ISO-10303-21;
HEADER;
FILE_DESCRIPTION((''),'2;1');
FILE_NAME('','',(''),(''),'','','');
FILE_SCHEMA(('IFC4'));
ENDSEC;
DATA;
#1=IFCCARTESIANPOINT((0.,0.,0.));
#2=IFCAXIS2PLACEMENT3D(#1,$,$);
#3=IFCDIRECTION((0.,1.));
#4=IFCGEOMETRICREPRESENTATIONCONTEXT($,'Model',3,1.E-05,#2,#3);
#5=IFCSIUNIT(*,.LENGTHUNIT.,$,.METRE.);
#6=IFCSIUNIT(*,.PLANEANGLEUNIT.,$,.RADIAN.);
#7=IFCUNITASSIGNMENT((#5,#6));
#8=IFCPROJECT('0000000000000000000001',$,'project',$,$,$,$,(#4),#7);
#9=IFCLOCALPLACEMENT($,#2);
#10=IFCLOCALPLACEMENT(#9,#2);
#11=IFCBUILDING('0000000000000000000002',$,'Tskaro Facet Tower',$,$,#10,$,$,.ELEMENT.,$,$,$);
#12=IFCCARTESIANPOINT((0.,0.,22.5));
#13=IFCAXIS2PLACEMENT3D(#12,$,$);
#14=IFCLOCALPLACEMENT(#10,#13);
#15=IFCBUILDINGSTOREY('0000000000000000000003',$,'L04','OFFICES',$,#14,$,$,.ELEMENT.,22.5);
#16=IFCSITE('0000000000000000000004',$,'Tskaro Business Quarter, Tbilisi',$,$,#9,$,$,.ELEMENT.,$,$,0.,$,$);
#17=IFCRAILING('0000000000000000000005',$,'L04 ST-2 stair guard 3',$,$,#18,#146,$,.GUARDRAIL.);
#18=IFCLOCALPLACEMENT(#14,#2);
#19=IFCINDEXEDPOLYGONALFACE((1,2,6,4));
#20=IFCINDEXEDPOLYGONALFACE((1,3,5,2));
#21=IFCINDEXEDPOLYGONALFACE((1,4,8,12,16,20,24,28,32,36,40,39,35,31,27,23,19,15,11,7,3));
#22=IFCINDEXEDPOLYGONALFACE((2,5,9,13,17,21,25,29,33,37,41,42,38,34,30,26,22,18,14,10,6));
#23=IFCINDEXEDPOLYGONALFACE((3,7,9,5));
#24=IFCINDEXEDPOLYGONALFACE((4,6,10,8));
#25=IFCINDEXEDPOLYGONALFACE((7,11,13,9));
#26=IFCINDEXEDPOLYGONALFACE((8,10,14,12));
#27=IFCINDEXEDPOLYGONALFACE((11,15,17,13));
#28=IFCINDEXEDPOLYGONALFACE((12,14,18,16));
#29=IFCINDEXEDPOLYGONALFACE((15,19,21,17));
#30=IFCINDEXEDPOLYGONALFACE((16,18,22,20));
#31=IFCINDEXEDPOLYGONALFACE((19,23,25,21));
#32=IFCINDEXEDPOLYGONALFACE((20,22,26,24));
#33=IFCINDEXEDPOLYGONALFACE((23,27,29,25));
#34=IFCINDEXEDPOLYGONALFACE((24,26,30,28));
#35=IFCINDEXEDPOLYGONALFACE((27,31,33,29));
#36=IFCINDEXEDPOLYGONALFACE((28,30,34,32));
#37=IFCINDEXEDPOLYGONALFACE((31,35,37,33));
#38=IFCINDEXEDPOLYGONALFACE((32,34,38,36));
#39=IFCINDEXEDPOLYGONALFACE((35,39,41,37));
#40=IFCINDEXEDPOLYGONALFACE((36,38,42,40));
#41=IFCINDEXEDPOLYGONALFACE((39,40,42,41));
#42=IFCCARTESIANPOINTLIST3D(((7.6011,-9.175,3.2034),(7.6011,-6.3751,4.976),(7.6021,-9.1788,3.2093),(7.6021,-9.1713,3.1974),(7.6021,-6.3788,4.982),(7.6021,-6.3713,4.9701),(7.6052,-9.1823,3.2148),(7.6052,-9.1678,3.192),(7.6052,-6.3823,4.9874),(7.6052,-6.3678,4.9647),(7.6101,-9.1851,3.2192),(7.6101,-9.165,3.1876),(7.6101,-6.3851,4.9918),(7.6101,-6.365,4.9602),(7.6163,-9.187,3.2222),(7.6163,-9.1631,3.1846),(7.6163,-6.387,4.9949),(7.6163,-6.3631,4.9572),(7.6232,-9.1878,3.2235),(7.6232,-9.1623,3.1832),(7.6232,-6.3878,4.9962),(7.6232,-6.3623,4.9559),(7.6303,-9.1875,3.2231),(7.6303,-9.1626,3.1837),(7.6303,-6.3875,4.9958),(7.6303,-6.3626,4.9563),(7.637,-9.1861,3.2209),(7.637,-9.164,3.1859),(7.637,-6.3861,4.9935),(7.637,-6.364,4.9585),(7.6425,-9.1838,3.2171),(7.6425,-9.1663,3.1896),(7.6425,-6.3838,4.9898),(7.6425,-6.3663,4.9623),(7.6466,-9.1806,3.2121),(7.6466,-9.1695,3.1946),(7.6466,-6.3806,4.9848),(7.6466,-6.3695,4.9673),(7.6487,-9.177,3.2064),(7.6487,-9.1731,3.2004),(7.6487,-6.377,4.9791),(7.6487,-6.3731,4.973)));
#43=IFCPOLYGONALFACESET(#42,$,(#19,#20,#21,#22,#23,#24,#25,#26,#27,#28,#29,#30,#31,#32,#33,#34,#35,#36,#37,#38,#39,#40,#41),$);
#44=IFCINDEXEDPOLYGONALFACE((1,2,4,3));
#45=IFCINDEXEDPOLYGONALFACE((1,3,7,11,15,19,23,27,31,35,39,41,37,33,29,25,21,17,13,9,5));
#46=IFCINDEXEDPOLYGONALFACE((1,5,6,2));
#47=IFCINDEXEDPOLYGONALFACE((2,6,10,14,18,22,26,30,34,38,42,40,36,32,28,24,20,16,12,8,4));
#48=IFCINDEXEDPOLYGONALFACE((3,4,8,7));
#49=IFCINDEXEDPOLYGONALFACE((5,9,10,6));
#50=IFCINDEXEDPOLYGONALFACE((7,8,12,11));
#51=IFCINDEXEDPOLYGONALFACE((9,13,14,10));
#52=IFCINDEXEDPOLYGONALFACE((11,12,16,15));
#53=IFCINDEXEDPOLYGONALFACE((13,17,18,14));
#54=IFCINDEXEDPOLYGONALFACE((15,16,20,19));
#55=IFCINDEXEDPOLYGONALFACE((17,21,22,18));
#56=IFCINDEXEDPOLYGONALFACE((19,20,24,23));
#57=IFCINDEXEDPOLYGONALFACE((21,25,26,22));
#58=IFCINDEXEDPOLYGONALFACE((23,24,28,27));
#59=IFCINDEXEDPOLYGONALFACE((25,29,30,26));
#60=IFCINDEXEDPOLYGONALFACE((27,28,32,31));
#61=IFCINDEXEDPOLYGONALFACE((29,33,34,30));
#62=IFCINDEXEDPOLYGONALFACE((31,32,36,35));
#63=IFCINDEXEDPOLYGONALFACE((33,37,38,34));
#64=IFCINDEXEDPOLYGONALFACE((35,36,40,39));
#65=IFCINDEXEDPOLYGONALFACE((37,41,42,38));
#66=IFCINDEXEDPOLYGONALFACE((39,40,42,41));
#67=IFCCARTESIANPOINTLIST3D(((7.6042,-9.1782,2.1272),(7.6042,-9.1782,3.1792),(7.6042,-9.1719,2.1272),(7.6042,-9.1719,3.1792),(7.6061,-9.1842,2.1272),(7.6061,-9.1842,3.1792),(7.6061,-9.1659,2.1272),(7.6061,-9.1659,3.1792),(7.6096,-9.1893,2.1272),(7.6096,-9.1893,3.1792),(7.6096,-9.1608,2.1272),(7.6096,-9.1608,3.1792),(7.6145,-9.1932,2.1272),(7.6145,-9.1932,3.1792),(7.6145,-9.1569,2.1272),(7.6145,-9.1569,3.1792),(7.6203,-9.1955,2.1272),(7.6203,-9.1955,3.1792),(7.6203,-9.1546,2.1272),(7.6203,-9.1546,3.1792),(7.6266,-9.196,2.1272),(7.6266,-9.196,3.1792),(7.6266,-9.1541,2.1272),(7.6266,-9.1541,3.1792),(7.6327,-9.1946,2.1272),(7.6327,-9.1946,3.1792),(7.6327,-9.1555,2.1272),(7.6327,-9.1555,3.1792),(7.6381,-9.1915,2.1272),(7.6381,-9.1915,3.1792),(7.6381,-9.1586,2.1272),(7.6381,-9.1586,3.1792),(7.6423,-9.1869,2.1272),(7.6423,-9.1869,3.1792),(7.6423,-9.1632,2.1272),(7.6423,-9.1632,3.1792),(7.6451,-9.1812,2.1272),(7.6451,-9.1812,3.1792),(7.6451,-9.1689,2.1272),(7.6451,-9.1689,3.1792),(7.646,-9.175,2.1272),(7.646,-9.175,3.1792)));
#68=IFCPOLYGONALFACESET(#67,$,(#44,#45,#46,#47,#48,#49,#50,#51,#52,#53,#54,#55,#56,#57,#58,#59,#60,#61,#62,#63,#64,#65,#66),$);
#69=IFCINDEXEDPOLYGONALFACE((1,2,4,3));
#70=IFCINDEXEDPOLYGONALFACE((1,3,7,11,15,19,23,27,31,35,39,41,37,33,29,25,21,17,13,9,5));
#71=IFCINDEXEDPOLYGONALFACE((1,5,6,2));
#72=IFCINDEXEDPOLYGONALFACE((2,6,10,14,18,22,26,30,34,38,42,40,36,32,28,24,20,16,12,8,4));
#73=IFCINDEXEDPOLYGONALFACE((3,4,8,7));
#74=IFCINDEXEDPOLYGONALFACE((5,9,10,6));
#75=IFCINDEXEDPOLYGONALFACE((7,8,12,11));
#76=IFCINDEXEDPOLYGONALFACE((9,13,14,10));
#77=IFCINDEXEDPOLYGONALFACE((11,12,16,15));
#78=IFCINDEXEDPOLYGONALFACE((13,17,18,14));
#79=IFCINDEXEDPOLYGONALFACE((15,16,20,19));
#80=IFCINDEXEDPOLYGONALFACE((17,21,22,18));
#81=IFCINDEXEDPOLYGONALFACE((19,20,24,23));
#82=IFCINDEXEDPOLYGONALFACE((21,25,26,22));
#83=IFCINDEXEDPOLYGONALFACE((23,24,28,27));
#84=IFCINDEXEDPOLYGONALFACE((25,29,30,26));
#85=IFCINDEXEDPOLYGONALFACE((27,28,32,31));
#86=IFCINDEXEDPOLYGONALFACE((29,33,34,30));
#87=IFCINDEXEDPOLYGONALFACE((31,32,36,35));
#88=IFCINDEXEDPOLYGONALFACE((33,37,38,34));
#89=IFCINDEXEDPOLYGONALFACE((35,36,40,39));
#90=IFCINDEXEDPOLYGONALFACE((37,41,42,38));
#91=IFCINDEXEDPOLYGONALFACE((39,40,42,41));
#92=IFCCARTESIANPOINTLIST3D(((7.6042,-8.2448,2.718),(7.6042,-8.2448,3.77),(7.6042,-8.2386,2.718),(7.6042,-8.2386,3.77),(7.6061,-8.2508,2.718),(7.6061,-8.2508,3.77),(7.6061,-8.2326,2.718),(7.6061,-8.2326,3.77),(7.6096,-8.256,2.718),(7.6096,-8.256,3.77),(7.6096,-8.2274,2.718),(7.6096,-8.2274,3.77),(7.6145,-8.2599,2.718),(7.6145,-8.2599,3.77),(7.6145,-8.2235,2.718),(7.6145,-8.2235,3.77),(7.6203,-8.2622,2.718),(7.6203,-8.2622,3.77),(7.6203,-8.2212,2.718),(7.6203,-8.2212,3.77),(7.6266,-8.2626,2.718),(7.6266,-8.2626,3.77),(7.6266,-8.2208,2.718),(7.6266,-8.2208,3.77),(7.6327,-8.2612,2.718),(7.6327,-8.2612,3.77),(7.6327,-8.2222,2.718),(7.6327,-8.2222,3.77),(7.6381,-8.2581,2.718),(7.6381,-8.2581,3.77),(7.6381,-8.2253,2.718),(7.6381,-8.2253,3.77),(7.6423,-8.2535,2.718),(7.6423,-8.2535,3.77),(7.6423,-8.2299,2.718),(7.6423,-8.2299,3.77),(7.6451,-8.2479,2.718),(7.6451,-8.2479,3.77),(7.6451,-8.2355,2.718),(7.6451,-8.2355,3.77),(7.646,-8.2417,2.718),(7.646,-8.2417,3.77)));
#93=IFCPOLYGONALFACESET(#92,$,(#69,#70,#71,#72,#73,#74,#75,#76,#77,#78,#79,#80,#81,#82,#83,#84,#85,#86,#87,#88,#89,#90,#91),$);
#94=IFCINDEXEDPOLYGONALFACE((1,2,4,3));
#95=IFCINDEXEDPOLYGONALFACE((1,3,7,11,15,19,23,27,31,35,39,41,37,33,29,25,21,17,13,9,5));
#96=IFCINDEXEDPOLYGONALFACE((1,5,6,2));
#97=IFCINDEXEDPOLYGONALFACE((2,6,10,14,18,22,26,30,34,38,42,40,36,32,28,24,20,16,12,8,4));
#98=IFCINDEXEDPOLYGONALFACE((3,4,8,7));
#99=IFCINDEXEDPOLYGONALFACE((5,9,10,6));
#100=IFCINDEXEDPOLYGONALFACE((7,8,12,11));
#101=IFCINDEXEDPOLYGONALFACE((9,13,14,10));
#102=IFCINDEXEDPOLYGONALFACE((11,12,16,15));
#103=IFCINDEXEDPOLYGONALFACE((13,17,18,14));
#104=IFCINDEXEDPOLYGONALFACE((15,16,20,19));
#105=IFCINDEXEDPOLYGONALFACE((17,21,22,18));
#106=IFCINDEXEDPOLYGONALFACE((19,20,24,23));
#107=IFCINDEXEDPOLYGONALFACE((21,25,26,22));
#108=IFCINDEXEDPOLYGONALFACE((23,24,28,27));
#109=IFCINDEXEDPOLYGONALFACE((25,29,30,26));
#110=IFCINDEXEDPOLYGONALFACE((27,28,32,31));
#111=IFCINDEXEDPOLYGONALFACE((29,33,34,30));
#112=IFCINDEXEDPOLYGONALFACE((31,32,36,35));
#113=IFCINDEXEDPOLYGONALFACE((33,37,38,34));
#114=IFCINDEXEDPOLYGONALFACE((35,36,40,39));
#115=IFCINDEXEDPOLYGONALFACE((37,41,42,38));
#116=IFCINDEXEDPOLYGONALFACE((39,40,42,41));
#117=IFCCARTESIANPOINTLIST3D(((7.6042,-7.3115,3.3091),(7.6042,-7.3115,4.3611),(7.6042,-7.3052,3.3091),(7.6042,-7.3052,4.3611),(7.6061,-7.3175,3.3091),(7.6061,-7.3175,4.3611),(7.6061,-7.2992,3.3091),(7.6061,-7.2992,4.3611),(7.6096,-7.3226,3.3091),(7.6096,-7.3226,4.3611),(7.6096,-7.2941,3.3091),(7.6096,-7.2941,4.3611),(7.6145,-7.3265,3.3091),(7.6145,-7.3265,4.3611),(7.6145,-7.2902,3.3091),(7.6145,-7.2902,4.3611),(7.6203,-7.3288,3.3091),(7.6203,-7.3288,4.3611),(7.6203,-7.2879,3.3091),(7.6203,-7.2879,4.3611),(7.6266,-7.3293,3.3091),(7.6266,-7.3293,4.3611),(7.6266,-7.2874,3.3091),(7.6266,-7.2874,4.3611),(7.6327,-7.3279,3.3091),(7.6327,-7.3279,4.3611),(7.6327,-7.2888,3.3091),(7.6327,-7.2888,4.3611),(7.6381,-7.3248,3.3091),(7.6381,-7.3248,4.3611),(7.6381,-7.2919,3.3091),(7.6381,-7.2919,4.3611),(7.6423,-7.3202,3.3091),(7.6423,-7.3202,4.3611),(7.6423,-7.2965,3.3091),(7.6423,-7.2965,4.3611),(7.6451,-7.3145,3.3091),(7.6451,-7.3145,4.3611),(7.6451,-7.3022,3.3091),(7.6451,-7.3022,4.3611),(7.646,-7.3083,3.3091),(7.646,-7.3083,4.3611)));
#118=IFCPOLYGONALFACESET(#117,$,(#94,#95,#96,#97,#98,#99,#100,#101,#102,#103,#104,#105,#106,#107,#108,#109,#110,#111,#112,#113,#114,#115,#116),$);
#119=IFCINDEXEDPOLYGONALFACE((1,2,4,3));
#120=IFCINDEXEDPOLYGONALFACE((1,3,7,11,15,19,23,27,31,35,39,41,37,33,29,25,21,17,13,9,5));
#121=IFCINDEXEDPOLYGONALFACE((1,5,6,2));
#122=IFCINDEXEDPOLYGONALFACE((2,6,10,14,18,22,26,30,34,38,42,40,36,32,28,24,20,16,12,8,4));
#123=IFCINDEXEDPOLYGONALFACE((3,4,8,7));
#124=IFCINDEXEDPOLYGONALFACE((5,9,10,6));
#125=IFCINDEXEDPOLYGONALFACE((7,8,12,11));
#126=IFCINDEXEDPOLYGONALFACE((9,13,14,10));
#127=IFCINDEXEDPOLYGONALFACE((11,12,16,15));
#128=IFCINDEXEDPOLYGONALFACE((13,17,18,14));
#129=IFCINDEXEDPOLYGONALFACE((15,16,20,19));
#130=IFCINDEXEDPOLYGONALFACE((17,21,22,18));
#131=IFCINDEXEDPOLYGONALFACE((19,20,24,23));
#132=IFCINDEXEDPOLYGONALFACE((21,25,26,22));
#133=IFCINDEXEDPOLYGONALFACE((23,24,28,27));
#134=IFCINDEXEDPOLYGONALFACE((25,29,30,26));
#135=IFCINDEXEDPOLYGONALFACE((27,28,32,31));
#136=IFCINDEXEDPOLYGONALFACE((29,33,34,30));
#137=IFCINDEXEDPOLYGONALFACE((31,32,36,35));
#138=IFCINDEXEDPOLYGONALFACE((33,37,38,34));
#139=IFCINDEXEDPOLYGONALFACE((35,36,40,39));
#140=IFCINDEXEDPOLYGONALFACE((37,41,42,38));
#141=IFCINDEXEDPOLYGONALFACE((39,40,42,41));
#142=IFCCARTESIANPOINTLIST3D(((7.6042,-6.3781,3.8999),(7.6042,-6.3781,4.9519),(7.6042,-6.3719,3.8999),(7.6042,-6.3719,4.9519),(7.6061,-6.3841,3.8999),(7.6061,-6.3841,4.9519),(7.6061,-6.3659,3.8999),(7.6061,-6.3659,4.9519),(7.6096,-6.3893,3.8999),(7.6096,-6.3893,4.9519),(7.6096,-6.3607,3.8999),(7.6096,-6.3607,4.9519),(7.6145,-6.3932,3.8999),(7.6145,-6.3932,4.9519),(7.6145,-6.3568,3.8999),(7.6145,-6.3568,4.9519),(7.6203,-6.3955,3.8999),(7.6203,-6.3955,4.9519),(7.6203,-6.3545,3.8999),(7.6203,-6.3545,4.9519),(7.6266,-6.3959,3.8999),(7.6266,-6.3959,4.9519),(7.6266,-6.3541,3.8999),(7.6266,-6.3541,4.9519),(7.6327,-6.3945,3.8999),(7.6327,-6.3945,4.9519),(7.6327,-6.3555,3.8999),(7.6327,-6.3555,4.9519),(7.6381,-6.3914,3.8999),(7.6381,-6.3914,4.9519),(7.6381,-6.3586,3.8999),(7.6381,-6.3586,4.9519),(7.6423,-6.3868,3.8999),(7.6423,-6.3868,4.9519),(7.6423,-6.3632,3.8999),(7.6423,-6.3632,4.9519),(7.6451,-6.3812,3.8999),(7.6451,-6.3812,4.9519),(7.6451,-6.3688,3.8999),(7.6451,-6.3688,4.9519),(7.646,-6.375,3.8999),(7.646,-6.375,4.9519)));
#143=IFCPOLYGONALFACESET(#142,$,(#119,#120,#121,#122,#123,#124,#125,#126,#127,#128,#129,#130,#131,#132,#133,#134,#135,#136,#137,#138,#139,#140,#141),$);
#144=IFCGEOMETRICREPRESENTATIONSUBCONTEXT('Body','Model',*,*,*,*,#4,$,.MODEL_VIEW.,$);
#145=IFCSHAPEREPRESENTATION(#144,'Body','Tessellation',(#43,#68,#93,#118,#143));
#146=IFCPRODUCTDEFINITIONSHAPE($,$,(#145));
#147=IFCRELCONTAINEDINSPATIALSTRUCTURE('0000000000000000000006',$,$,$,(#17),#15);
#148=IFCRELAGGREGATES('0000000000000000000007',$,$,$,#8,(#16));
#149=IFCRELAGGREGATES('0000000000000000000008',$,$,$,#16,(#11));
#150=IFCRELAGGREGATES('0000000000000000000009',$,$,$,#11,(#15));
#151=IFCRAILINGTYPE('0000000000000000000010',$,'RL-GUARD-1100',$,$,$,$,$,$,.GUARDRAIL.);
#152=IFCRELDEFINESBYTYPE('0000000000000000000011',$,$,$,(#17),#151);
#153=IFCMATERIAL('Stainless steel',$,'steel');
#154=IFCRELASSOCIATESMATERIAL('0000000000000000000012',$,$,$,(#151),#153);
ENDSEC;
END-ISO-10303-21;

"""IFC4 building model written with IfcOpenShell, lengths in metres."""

from ifc_helpers import new_model, si_unit, direction, frame, origin, origin_2d, place, context, subcontext, project, spatial, circle, extrude, material, type_object, element, save


model = new_model("IFC4")

# Units and contexts
model_context = context("Model", 3, precision=1e-05, world=origin(), true_north=direction((0.0, 1.0)))
body_context = subcontext(model_context, "Body", "Model", "MODEL_VIEW")
ifc_project = project(units=[si_unit("LENGTHUNIT", "METRE"), si_unit("PLANEANGLEUNIT", "RADIAN")], contexts=[model_context])

# Site, building, storey
site_placement = place(None, origin())
site = spatial("IfcSite", under=ifc_project, at=site_placement, Name="Tskaro Business Quarter, Tbilisi", CompositionType="ELEMENT", RefElevation=0.0)
building_placement = place(site_placement, origin())
building = spatial("IfcBuilding", under=site, at=building_placement, Name="Tskaro Facet Tower", CompositionType="ELEMENT")
storey_placement = place(building_placement, frame((0.0, 0.0, 22.5)))
storey = spatial("IfcBuildingStorey", under=building, at=storey_placement, Name="L04", Description="OFFICES", CompositionType="ELEMENT", Elevation=22.5)

# Railing
ifc_material_1 = material(Name="Stainless steel", Category="steel")
railing_type_1 = type_object("IfcRailingType", Name="RL-GUARD-1100", PredefinedType="GUARDRAIL", material=ifc_material_1)
railing_1_placement = place(storey_placement, frame((7.625, -9.175, 2.1272)))
element("IfcRailing", 1, at=railing_1_placement, inside=storey, type_object=railing_type_1, Name="L04 ST-2 stair guard 3", PredefinedType="GUARDRAIL", context=body_context, shape_type="SweptSolid", body=[
    extrude(circle(Radius=0.0239, at=origin_2d()), frame((0.0, 0.0, 1.0762), z_axis=(0.0, 0.844909, 0.53491), x_axis=(-1.0, 0.0, 0.0)), (0.0, 0.0, 1.0), 3.314),
    extrude(circle(Radius=0.021, at=origin_2d()), origin(), (0.0, 0.0, 1.0), 1.052),
    extrude(circle(Radius=0.021, at=origin_2d()), frame((0.0, 0.9333, 0.5908)), (0.0, 0.0, 1.0), 1.052),
    extrude(circle(Radius=0.021, at=origin_2d()), frame((0.0, 1.8667, 1.1819)), (0.0, 0.0, 1.0), 1.052),
    extrude(circle(Radius=0.021, at=origin_2d()), frame((0.0, 2.8, 1.7727)), (0.0, 0.0, 1.0), 1.052),
])

save(model, "model.ifc")
